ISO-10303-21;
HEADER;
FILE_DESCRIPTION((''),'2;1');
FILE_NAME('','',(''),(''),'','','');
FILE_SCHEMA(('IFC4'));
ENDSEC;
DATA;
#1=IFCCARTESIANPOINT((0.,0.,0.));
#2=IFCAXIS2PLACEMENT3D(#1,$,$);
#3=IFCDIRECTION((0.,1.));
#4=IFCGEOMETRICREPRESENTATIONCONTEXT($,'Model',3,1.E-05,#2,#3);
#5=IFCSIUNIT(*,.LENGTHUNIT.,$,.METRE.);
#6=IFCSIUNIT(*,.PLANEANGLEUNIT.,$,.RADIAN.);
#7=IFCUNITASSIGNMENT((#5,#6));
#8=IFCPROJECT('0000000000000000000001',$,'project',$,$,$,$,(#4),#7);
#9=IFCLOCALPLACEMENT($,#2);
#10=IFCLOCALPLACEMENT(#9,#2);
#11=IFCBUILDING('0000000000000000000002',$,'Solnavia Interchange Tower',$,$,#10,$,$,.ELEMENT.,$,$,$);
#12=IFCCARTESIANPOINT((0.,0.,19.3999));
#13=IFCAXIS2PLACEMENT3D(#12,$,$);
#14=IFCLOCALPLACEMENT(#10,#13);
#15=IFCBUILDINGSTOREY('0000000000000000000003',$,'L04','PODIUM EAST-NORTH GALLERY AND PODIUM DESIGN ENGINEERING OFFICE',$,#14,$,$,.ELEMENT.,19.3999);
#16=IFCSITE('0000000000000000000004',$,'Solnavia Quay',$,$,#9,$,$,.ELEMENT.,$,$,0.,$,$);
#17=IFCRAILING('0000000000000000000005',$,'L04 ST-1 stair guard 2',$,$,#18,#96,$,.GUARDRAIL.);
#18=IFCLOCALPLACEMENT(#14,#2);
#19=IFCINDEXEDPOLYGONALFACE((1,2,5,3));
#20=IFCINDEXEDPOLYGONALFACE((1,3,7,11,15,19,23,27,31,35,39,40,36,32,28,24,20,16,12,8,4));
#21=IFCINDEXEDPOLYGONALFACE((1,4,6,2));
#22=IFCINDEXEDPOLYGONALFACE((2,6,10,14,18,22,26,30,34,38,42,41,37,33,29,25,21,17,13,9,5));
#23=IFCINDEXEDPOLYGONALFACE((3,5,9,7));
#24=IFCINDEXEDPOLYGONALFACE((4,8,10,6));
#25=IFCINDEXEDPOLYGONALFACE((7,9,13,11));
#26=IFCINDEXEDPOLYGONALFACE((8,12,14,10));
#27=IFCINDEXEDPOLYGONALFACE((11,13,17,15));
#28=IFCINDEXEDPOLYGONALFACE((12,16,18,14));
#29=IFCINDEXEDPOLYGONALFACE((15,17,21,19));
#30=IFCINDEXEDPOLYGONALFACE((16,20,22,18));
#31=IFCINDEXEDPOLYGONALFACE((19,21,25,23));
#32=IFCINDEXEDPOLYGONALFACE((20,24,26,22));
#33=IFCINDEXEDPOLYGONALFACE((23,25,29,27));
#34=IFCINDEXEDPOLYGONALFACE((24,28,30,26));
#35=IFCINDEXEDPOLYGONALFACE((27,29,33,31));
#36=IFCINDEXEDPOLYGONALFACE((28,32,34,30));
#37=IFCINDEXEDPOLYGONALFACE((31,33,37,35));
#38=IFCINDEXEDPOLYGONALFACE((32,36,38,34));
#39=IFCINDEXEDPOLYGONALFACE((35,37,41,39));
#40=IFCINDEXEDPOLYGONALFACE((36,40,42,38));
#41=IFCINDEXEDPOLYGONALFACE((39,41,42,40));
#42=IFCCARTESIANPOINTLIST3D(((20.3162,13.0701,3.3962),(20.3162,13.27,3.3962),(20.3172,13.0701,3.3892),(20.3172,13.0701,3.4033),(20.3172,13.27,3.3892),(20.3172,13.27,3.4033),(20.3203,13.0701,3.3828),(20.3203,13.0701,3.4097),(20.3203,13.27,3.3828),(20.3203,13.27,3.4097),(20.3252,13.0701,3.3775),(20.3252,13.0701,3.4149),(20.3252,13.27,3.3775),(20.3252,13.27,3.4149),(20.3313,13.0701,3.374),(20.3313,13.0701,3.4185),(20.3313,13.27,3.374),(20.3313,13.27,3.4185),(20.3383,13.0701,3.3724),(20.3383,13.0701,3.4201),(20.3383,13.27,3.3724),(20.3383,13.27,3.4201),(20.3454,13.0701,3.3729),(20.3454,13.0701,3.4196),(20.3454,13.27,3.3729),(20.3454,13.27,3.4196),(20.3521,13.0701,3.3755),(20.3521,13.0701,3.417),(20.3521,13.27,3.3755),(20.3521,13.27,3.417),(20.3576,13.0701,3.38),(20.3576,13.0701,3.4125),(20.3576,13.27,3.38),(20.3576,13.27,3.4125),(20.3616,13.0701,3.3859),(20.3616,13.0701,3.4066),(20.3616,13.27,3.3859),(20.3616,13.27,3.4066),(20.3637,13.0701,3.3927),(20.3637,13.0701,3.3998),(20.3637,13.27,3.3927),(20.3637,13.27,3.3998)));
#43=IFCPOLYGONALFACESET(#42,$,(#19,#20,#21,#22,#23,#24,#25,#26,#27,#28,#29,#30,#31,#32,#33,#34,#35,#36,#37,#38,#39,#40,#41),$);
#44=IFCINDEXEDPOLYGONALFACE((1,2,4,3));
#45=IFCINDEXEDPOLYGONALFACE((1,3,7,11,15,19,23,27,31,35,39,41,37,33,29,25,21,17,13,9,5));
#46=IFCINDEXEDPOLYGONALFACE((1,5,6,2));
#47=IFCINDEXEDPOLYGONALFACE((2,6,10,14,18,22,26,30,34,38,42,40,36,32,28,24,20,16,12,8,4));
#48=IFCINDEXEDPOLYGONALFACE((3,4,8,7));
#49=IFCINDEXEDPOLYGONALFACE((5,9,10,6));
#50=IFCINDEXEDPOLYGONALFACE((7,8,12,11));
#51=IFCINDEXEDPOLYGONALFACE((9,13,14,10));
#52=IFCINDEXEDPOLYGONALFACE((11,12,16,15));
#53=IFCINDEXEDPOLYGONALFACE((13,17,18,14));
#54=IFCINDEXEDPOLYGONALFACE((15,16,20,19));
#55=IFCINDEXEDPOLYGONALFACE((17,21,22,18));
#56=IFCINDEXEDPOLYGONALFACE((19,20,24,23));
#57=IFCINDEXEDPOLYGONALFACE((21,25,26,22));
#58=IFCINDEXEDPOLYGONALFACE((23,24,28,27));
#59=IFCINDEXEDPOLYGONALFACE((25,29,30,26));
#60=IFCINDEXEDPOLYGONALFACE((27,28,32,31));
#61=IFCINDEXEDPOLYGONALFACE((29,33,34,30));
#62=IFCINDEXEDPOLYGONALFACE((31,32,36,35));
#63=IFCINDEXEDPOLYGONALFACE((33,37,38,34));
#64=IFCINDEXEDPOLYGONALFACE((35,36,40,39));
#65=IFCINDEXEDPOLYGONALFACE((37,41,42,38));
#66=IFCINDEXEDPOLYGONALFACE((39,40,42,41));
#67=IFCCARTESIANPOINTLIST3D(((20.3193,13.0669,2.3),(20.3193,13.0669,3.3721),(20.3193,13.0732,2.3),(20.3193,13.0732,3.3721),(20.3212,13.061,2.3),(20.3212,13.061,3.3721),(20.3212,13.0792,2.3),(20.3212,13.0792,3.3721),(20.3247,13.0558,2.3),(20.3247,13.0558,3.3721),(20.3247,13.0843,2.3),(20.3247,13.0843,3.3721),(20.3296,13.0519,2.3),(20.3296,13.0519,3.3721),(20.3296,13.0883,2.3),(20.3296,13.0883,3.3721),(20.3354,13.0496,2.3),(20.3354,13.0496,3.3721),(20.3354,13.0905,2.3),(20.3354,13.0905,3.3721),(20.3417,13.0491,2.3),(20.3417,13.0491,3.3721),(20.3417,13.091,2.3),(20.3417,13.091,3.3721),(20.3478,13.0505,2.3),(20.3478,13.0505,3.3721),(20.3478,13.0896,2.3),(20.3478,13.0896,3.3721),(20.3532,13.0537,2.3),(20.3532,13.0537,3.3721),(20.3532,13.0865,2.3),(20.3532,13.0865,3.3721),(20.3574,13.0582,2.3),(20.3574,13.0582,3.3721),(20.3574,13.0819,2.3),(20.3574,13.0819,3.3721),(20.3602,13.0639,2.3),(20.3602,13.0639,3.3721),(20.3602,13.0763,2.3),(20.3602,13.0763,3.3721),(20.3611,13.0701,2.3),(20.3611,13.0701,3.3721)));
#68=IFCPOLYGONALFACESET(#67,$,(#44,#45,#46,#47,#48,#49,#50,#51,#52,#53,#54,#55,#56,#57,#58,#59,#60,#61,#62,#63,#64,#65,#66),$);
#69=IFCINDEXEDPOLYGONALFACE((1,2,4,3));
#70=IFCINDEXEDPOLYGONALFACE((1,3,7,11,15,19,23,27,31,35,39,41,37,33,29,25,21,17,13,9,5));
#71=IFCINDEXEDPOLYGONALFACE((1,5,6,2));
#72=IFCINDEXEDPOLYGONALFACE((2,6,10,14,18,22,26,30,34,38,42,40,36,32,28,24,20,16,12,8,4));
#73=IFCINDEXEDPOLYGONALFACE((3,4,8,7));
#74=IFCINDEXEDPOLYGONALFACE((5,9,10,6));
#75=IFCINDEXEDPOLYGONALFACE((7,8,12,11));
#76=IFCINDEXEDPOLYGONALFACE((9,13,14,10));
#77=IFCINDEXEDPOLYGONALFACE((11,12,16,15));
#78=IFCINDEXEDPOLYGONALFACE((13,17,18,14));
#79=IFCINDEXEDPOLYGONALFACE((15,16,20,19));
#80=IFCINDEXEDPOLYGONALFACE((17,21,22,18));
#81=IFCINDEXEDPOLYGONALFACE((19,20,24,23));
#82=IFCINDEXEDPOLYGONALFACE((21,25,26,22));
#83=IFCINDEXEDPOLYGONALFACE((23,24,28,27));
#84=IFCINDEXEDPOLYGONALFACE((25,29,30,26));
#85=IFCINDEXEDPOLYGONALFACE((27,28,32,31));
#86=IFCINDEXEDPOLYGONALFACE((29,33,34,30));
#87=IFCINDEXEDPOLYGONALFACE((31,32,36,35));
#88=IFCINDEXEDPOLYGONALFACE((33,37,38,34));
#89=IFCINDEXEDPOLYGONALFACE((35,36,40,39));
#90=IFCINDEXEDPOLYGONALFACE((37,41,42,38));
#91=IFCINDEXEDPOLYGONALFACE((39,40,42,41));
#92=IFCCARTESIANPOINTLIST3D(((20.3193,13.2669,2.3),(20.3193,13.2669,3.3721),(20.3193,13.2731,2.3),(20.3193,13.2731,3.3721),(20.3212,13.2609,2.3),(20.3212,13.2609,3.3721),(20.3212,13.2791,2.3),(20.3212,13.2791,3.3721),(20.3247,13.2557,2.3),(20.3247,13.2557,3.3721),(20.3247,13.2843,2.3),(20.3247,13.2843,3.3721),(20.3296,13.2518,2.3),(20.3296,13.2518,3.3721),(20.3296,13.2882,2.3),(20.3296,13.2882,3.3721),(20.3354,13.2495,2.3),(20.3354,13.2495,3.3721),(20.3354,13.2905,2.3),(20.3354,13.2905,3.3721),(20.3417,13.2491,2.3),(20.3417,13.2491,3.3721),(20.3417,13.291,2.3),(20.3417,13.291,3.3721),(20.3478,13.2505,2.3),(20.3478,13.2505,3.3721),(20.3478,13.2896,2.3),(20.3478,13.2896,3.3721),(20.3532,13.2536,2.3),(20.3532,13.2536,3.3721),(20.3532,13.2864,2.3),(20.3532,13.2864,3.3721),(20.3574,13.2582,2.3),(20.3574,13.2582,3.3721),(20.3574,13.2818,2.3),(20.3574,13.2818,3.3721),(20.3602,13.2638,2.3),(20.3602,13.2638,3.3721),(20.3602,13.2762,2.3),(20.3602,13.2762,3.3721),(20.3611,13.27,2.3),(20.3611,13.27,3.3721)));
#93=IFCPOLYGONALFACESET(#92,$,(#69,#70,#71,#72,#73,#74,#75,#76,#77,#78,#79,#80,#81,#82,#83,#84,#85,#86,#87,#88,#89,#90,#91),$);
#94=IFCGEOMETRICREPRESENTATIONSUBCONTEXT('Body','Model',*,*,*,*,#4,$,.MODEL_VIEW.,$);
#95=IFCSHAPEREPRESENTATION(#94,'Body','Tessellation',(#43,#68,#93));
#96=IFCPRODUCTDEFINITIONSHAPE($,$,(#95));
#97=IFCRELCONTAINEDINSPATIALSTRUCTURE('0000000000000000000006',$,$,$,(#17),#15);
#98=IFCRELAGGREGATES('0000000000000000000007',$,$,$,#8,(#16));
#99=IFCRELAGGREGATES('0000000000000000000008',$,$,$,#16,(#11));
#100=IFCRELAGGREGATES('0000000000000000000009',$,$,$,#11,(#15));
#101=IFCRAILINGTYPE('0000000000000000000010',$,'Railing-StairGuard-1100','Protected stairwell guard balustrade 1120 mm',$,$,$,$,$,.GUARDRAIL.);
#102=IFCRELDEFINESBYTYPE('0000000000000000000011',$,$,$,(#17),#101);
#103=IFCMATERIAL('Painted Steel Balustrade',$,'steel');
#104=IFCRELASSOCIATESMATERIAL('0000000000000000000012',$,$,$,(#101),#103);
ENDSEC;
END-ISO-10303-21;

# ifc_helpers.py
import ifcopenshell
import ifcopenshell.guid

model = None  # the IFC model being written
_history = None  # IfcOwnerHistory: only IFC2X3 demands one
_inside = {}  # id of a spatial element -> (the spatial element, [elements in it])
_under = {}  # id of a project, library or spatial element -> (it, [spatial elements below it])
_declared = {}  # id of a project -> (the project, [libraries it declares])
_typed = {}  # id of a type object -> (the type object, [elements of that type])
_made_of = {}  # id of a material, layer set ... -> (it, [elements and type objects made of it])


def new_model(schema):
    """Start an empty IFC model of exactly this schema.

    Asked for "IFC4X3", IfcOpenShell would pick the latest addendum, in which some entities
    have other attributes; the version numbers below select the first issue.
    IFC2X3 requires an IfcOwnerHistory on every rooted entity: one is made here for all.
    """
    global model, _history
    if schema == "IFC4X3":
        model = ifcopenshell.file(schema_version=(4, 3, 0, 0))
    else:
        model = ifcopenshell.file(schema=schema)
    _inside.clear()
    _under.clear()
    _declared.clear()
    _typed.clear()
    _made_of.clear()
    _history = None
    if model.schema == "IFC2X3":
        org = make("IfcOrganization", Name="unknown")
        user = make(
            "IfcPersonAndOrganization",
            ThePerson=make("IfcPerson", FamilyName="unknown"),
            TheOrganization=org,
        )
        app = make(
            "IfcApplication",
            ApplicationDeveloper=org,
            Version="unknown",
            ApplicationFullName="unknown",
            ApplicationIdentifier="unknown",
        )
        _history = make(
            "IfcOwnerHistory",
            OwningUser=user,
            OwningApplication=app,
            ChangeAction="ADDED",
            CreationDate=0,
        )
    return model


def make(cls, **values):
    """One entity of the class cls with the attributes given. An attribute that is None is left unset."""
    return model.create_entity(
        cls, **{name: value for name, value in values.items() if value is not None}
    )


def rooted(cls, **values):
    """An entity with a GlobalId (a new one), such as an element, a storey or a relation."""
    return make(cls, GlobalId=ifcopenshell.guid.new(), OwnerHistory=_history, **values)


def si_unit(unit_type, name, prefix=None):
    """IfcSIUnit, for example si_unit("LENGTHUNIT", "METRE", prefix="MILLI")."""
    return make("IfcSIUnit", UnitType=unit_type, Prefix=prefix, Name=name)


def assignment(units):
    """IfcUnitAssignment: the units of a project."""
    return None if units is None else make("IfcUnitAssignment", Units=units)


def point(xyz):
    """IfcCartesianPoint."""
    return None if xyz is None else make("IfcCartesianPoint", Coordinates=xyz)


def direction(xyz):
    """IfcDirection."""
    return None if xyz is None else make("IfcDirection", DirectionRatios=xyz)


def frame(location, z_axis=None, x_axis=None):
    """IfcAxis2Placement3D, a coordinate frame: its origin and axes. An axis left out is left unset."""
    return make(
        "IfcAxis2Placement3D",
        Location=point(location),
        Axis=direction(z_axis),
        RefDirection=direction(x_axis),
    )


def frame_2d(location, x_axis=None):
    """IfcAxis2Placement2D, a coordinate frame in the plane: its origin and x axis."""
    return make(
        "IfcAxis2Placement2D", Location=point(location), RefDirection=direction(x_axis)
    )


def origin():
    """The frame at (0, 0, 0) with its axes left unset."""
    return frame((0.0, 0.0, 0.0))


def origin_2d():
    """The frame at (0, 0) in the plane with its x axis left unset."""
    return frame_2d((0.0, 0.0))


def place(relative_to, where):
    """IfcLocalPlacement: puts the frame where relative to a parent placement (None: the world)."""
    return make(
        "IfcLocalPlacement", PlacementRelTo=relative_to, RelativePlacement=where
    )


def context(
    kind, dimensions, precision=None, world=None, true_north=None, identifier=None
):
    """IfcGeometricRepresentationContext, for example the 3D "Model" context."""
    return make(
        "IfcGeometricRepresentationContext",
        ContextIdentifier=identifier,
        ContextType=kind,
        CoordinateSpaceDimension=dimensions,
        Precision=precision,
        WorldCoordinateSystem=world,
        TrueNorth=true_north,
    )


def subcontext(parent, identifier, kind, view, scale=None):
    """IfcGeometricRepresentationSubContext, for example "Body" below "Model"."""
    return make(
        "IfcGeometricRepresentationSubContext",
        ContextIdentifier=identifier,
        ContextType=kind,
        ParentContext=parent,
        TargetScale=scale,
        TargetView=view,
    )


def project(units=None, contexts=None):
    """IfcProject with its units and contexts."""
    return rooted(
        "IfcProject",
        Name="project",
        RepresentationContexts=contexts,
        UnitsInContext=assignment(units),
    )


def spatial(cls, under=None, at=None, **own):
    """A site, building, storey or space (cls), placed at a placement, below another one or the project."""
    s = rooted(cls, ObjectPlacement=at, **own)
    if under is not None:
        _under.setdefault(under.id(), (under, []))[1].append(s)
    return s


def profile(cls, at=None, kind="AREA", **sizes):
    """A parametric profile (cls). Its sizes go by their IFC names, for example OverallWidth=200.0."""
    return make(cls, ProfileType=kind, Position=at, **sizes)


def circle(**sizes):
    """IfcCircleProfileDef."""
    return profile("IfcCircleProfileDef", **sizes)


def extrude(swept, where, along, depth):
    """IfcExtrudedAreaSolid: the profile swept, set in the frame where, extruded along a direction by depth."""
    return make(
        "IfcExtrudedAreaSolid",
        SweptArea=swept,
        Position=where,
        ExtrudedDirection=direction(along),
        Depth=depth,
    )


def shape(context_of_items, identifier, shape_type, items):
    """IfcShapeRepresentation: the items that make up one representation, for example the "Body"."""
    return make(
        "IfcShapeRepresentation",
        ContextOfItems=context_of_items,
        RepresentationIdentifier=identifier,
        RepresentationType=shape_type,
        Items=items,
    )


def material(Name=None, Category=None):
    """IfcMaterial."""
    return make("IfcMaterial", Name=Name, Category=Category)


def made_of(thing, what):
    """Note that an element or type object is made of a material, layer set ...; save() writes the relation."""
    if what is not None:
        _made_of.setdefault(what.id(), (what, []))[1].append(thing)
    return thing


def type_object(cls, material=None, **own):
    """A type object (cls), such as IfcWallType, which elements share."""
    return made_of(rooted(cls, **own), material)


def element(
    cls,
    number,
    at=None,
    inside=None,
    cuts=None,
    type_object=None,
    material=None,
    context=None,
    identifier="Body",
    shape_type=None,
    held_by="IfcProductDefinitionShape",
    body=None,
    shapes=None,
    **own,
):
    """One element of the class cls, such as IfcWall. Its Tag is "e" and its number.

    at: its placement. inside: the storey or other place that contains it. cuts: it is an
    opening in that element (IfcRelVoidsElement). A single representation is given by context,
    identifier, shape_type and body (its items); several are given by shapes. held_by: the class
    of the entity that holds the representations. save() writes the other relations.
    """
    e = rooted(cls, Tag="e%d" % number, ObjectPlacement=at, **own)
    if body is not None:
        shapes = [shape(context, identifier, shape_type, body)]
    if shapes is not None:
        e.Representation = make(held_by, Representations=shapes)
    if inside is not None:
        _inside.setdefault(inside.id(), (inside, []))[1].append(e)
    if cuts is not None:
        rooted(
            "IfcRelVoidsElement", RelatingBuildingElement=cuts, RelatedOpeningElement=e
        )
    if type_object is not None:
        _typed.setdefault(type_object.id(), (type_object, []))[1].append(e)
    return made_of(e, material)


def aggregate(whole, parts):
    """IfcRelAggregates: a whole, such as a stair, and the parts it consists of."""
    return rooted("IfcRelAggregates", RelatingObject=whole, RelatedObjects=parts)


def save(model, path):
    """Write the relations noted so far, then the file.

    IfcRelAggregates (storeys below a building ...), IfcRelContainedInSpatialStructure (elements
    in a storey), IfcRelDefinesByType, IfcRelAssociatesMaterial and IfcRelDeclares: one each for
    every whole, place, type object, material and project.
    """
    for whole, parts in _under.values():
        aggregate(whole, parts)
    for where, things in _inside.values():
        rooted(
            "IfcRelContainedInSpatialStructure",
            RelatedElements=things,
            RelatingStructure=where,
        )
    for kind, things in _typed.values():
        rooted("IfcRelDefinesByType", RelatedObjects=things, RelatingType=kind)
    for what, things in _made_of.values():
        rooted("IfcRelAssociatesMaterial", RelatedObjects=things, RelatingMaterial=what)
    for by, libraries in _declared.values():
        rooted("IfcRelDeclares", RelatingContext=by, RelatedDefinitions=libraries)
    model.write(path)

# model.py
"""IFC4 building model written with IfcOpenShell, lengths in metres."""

from ifc_helpers import new_model, si_unit, direction, frame, origin, origin_2d, place, context, subcontext, project, spatial, circle, extrude, material, type_object, element, save


model = new_model("IFC4")

# Units and contexts
model_context = context("Model", 3, precision=1e-05, world=origin(), true_north=direction((0.0, 1.0)))
body_context = subcontext(model_context, "Body", "Model", "MODEL_VIEW")
ifc_project = project(units=[si_unit("LENGTHUNIT", "METRE"), si_unit("PLANEANGLEUNIT", "RADIAN")], contexts=[model_context])

# Site, building, storey
site_placement = place(None, origin())
site = spatial("IfcSite", under=ifc_project, at=site_placement, Name="Solnavia Quay", CompositionType="ELEMENT", RefElevation=0.0)
building_placement = place(site_placement, origin())
building = spatial("IfcBuilding", under=site, at=building_placement, Name="Solnavia Interchange Tower", CompositionType="ELEMENT")
storey_placement = place(building_placement, frame((0.0, 0.0, 19.3999)))
storey = spatial("IfcBuildingStorey", under=building, at=storey_placement, Name="L04", Description="PODIUM EAST-NORTH GALLERY AND PODIUM DESIGN ENGINEERING OFFICE", CompositionType="ELEMENT", Elevation=19.3999)

# Railing
ifc_material_1 = material(Name="Painted Steel Balustrade", Category="steel")
railing_type_1 = type_object("IfcRailingType", Name="Railing-StairGuard-1100", Description="Protected stairwell guard balustrade 1120 mm", PredefinedType="GUARDRAIL", material=ifc_material_1)
railing_1_placement = place(storey_placement, frame((20.3401, 13.0701, 2.3)))
element("IfcRailing", 1, at=railing_1_placement, inside=storey, type_object=railing_type_1, Name="L04 ST-1 stair guard 2", PredefinedType="GUARDRAIL", context=body_context, shape_type="SweptSolid", body=[
    extrude(circle(Radius=0.0239, at=origin_2d()), frame((0.0, 0.0, 1.0962), z_axis=(0.0, 1.0, 0.0), x_axis=(-1.0, 0.0, 0.0)), (0.0, 0.0, 1.0), 0.2),
    extrude(circle(Radius=0.021, at=origin_2d()), origin(), (0.0, 0.0, 1.0), 1.072),
    extrude(circle(Radius=0.021, at=origin_2d()), frame((0.0, 0.2, 0.0)), (0.0, 0.0, 1.0), 1.072),
])

save(model, "model.ifc")
